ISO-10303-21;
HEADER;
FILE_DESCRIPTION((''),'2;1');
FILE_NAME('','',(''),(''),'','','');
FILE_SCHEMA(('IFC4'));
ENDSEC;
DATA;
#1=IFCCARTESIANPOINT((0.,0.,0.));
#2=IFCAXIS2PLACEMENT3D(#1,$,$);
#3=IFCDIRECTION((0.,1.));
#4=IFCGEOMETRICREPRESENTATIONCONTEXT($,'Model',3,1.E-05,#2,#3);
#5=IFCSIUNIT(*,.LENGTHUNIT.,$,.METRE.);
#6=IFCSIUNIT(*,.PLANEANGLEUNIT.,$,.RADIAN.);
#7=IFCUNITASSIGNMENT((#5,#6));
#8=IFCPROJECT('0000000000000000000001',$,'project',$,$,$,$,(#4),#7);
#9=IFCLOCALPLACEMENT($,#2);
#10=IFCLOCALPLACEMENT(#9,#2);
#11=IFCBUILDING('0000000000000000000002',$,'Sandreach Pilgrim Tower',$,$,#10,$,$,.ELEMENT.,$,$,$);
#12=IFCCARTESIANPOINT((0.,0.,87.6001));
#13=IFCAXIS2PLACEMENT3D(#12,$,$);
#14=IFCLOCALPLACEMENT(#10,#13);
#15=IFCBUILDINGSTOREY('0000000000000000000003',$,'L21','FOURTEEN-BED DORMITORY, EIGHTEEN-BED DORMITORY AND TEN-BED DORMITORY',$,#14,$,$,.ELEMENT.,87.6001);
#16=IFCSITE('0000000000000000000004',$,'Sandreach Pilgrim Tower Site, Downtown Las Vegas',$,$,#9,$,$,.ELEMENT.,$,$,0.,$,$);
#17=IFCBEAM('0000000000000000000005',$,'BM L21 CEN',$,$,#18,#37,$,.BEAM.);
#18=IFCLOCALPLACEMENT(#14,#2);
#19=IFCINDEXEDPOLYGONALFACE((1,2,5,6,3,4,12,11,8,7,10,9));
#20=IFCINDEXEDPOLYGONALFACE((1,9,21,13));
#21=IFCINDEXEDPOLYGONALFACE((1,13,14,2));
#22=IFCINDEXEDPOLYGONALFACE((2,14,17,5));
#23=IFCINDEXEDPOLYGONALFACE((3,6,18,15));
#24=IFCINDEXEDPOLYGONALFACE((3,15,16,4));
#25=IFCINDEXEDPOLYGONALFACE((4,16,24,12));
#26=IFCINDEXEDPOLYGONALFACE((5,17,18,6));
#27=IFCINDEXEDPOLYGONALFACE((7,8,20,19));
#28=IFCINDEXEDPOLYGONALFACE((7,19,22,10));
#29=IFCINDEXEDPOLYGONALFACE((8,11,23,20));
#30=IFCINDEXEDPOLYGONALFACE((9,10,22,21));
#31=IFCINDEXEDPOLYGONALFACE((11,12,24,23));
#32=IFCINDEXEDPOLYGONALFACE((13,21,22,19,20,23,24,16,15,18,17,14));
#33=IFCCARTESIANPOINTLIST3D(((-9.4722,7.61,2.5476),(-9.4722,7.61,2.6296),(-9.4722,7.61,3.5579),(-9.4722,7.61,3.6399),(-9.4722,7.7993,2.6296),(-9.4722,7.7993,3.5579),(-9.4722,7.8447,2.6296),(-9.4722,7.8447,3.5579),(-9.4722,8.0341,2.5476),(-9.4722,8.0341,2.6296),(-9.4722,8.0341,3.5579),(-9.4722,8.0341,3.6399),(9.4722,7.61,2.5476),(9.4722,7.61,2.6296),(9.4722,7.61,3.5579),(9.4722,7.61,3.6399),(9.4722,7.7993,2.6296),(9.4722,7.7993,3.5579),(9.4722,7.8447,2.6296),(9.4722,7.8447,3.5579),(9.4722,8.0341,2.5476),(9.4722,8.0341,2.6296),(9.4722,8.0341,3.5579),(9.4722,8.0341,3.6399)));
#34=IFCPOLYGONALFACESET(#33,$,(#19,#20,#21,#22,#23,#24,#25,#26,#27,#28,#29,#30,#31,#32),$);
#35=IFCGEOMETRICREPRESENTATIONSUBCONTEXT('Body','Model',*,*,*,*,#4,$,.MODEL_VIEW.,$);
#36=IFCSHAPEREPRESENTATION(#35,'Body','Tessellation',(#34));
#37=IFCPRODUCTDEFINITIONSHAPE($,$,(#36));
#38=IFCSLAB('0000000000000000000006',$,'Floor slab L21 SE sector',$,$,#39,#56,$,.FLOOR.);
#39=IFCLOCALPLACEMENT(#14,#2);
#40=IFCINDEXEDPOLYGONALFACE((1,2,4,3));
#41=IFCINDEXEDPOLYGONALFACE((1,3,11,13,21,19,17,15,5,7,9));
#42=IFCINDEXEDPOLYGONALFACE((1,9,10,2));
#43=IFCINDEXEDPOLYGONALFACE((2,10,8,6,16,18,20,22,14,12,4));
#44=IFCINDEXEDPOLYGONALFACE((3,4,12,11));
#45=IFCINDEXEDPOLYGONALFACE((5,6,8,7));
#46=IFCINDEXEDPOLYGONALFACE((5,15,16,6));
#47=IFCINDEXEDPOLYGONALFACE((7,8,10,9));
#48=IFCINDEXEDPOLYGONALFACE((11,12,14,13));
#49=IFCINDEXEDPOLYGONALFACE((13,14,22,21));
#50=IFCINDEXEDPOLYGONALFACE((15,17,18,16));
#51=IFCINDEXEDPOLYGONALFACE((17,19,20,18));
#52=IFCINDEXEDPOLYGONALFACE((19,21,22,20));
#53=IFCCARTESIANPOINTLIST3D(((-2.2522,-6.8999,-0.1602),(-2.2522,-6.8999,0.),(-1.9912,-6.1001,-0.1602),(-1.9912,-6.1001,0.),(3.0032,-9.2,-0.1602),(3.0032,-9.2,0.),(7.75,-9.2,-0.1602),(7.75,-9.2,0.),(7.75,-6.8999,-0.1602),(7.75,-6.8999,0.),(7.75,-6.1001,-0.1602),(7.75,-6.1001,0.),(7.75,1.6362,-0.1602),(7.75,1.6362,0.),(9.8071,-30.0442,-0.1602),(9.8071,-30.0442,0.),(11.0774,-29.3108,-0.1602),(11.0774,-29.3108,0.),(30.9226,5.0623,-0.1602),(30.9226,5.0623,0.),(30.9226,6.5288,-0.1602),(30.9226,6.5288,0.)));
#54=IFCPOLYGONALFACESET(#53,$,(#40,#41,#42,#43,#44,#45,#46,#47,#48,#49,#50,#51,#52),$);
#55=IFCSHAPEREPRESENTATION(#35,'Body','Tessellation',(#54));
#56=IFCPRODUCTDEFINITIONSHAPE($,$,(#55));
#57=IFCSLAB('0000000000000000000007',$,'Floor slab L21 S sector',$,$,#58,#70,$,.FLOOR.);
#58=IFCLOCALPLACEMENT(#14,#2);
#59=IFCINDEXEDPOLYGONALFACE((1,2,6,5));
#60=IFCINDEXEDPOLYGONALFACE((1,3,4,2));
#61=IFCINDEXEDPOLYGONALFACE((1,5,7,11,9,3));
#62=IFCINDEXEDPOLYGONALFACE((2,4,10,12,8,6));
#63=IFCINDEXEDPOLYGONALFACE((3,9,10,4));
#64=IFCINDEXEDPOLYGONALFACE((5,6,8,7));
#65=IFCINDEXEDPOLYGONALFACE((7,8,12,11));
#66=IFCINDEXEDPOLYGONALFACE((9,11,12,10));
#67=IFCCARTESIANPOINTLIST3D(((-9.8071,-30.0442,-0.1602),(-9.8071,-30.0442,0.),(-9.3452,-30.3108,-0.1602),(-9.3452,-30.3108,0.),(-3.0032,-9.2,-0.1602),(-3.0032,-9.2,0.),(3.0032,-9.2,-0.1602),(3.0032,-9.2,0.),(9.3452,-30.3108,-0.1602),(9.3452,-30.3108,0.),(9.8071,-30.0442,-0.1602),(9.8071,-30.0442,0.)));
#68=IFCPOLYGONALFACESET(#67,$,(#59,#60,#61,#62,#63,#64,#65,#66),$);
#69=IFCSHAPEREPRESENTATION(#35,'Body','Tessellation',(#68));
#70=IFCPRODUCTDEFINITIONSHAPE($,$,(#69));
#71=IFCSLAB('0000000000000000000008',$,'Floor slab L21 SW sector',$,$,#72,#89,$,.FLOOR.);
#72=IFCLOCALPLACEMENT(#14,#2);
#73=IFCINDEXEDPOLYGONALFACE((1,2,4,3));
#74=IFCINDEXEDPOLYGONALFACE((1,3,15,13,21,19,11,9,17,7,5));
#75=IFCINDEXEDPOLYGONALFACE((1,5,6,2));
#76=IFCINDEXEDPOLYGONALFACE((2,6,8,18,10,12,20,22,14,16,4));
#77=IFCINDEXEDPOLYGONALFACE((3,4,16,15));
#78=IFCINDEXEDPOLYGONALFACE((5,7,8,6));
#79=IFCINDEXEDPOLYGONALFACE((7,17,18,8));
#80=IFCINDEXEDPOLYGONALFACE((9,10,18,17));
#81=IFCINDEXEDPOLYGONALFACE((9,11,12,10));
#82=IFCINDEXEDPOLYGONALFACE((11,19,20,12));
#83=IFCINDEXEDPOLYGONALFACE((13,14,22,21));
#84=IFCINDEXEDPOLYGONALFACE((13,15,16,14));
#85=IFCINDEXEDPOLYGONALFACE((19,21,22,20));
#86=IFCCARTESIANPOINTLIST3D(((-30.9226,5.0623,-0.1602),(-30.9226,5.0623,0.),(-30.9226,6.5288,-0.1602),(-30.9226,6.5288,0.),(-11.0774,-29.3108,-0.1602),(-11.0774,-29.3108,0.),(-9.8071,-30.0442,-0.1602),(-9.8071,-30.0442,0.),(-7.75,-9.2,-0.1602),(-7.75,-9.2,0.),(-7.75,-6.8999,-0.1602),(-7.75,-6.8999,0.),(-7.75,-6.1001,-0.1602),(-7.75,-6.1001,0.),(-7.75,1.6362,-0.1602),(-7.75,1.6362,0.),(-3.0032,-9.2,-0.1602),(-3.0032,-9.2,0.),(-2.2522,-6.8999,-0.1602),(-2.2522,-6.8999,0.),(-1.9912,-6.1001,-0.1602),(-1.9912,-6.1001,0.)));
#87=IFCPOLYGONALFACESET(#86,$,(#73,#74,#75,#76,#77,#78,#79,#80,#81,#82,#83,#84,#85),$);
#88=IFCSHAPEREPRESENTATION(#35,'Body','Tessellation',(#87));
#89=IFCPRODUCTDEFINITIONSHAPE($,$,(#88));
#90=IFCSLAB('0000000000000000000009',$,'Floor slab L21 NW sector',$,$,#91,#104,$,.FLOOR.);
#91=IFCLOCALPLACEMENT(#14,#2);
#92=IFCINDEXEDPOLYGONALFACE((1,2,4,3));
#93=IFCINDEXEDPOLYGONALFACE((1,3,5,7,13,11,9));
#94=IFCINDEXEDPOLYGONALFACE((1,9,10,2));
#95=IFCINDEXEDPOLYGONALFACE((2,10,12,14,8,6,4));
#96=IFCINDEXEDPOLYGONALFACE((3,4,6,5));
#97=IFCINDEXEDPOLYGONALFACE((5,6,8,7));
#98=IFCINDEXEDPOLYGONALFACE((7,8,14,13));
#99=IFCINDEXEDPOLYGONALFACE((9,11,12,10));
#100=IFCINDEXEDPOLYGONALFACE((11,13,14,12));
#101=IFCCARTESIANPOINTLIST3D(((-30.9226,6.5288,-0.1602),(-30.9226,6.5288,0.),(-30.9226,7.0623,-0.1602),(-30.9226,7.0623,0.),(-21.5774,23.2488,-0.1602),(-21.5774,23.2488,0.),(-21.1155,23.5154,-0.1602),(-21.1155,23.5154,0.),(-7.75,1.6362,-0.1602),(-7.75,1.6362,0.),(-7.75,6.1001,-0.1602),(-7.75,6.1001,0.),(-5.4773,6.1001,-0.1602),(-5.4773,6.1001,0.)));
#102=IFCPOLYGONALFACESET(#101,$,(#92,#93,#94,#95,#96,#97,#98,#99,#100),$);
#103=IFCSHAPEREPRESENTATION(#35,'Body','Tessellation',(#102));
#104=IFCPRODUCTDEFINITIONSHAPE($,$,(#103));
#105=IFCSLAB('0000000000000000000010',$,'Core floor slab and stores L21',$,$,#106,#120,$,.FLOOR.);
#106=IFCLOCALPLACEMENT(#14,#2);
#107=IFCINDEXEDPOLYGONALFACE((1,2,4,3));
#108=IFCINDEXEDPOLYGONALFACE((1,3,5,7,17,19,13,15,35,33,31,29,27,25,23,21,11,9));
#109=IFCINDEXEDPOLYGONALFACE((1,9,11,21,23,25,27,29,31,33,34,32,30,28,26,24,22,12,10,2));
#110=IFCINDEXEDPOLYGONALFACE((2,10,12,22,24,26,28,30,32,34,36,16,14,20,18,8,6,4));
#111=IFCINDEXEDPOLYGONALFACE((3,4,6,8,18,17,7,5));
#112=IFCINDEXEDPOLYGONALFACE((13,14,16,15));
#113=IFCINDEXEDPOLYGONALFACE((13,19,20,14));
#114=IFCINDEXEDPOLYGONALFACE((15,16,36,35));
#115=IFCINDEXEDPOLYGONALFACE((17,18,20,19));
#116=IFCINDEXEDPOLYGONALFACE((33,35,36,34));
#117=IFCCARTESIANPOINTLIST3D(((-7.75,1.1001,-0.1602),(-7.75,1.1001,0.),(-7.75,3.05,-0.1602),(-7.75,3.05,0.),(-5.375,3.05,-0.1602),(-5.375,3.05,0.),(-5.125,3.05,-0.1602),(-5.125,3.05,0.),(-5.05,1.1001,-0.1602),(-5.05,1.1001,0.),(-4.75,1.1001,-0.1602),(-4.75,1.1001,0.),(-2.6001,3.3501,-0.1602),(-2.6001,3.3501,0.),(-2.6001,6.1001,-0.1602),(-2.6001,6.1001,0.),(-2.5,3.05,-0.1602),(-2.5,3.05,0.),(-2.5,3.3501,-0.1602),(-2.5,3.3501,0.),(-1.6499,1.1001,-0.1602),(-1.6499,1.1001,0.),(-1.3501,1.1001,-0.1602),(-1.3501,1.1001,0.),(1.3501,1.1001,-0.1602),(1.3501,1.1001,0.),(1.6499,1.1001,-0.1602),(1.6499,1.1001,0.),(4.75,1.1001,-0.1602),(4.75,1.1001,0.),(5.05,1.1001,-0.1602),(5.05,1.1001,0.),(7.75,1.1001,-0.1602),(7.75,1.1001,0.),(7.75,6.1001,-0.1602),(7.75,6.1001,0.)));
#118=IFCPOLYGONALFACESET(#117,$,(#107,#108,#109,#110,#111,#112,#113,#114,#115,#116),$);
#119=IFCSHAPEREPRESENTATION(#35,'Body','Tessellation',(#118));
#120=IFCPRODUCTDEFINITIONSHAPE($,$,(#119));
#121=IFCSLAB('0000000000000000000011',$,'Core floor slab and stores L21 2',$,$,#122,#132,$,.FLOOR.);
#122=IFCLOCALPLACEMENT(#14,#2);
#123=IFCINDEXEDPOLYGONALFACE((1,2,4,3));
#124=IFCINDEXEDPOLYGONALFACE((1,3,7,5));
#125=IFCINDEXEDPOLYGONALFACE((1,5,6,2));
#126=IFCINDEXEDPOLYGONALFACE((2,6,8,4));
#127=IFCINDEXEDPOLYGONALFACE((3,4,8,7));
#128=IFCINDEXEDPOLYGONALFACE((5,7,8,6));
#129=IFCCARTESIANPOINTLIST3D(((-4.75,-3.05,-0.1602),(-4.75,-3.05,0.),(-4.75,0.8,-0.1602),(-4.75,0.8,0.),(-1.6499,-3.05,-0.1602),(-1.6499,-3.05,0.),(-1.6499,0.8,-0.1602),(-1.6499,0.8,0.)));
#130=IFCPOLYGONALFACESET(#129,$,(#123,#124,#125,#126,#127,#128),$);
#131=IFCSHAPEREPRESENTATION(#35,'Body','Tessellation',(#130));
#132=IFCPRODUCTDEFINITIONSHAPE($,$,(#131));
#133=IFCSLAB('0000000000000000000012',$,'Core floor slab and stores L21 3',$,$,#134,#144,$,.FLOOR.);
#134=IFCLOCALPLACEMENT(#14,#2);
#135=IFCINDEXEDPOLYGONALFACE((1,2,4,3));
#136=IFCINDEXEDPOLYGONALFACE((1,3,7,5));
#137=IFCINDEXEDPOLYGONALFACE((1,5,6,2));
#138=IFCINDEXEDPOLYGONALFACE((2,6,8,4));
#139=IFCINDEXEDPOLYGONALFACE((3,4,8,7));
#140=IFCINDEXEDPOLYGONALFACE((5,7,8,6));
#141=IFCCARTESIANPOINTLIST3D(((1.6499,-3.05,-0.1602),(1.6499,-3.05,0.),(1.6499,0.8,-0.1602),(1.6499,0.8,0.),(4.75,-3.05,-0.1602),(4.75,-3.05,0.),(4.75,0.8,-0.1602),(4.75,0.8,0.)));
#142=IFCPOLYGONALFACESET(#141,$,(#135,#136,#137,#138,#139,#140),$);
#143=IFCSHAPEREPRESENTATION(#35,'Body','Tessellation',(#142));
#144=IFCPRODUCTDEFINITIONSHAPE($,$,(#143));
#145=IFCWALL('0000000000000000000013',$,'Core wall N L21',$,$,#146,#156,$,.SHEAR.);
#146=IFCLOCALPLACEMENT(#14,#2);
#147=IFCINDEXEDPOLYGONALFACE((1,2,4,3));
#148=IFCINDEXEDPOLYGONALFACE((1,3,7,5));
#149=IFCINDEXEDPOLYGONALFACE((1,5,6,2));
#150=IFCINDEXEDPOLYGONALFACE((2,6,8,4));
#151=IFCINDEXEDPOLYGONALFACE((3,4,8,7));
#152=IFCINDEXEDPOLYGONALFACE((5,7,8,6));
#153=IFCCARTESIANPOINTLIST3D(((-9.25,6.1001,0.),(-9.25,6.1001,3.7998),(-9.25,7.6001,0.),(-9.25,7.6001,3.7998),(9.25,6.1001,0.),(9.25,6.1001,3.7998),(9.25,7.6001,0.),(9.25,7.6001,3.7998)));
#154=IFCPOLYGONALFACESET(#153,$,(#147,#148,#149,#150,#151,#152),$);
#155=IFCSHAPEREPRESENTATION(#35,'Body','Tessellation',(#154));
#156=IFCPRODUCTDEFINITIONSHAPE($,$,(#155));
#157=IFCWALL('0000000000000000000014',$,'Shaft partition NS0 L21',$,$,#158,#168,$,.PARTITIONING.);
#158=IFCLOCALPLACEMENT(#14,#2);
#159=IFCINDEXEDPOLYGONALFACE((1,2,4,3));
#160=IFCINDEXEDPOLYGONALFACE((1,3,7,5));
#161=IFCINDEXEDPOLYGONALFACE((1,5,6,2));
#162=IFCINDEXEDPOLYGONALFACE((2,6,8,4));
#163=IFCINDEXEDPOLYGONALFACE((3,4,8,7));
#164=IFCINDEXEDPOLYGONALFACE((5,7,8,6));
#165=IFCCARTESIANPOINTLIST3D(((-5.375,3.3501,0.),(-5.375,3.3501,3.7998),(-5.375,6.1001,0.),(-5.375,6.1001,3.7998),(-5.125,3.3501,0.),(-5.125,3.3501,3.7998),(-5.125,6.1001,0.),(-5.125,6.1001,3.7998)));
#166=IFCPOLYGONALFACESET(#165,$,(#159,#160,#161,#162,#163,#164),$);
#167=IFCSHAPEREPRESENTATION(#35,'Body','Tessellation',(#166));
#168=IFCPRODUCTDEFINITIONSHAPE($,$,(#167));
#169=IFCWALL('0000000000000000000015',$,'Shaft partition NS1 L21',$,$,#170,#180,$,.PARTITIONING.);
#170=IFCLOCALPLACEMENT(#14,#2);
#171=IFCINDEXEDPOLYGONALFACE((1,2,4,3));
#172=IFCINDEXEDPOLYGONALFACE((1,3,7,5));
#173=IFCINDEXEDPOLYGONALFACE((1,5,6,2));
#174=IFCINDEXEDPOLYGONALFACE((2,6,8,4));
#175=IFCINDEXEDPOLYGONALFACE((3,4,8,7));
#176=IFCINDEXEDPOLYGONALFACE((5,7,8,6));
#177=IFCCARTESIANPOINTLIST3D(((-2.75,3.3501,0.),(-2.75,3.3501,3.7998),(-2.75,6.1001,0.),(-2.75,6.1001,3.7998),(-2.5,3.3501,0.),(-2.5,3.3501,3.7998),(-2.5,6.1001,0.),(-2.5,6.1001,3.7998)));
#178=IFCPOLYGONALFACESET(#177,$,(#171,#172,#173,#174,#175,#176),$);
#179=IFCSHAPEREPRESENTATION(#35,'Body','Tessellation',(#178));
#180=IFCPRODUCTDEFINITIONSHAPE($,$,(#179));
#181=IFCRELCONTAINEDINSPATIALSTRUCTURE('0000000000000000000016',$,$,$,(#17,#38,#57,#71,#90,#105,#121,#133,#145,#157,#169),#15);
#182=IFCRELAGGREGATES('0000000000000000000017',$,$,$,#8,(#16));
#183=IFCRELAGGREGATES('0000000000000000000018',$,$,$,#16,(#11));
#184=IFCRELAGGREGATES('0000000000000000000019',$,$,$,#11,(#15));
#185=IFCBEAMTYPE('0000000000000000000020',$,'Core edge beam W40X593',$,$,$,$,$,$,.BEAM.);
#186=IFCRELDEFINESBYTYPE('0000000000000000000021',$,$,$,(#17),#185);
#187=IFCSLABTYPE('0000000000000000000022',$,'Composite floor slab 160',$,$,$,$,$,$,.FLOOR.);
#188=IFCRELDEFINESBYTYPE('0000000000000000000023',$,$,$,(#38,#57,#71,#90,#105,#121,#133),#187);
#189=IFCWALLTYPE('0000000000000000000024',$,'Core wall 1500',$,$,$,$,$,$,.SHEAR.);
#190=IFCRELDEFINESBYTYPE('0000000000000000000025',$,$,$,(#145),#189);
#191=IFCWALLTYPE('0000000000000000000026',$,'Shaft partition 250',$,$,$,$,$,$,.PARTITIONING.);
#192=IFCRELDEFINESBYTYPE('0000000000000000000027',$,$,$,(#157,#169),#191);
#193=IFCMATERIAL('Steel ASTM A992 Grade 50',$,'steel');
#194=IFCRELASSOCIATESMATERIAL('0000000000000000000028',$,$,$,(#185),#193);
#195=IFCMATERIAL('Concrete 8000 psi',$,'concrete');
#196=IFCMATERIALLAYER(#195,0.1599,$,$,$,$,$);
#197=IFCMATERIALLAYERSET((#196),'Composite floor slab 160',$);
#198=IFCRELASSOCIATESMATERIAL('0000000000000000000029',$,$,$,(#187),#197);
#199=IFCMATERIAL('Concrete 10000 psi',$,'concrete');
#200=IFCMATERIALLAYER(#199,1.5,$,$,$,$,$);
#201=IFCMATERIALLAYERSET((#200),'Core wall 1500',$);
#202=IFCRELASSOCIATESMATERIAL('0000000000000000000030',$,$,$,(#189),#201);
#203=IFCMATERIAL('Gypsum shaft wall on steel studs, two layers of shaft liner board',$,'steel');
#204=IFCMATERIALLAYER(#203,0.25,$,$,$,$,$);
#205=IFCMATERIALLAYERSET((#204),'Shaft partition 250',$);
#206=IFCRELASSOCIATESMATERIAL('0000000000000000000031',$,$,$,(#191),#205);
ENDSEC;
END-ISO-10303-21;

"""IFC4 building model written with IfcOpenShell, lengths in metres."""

from ifc_helpers import new_model, si_unit, direction, frame, frame_2d, origin, origin_2d, place, context, subcontext, project, spatial, polyline, rectangle, i_section, outline, extrude, material, layer, layer_set, material_profile, profile_set, type_object, element, save


model = new_model("IFC4")

# Units and contexts
model_context = context("Model", 3, precision=1e-05, world=origin(), true_north=direction((0.0, 1.0)))
body_context = subcontext(model_context, "Body", "Model", "MODEL_VIEW")
ifc_project = project(units=[si_unit("LENGTHUNIT", "METRE"), si_unit("PLANEANGLEUNIT", "RADIAN")], contexts=[model_context])

# Site, building, storey
site_placement = place(None, origin())
site = spatial("IfcSite", under=ifc_project, at=site_placement, Name="Sandreach Pilgrim Tower Site, Downtown Las Vegas", CompositionType="ELEMENT", RefElevation=0.0)
building_placement = place(site_placement, origin())
building = spatial("IfcBuilding", under=site, at=building_placement, Name="Sandreach Pilgrim Tower", CompositionType="ELEMENT")
storey_placement = place(building_placement, frame((0.0, 0.0, 87.6001)))
storey = spatial("IfcBuildingStorey", under=building, at=storey_placement, Name="L21", Description="FOURTEEN-BED DORMITORY, EIGHTEEN-BED DORMITORY AND TEN-BED DORMITORY", CompositionType="ELEMENT", Elevation=87.6001)

# Beam
ifc_material_1 = material(Name="Steel ASTM A992 Grade 50", Category="steel")
ifc_material_profile = material_profile(ifc_material_1, i_section(OverallWidth=0.4241, OverallDepth=1.0923, WebThickness=0.0454, FlangeThickness=0.082, at=origin_2d()), Name="W40X593")
ifc_profile_set = profile_set([ifc_material_profile], Name="Steel ASTM A992 Grade 50")
beam_type = type_object("IfcBeamType", Name="Core edge beam W40X593", PredefinedType="BEAM", material=ifc_profile_set)
beam_placement = place(storey_placement, frame((-9.4722, 7.822, 3.0938), z_axis=(1.0, 0.0, 0.0), x_axis=(0.0, 1.0, 0.0)))
element("IfcBeam", 1, at=beam_placement, inside=storey, type_object=beam_type, Name="BM L21 CEN", PredefinedType="BEAM", context=body_context, shape_type="SweptSolid", body=[
    extrude(i_section(OverallWidth=0.4241, OverallDepth=1.0923, WebThickness=0.0454, FlangeThickness=0.082, at=origin_2d()), origin(), (0.0, 0.0, 1.0), 18.9443),
])

# Slabs
ifc_material_2 = material(Name="Concrete 8000 psi", Category="concrete")
ifc_layer_1 = layer(ifc_material_2, 0.1599)
ifc_layer_set_1 = layer_set([ifc_layer_1], Name="Composite floor slab 160")
slab_type = type_object("IfcSlabType", Name="Composite floor slab 160", PredefinedType="FLOOR", material=ifc_layer_set_1)
slab_1_placement = place(storey_placement, frame((0.0, 0.0, -0.1602)))
element("IfcSlab", 2, at=slab_1_placement, inside=storey, type_object=slab_type, Name="Floor slab L21 SE sector", PredefinedType="FLOOR", context=body_context, shape_type="SweptSolid", body=[
    extrude(outline(polyline([(11.0774, -29.3108), (9.8071, -30.0442), (3.0032, -9.2), (7.75, -9.2), (7.75, -6.8999), (-2.2522, -6.8999), (-1.9912, -6.1001), (7.75, -6.1001), (7.75, 1.6362), (30.9226, 6.5288), (30.9226, 5.0623), (11.0774, -29.3108)])), origin(), (0.0, 0.0, 1.0), 0.1602),
])
slab_2_placement = place(storey_placement, frame((0.0, 0.0, -0.1602)))
element("IfcSlab", 3, at=slab_2_placement, inside=storey, type_object=slab_type, Name="Floor slab L21 S sector", PredefinedType="FLOOR", context=body_context, shape_type="SweptSolid", body=[
    extrude(outline(polyline([(9.3452, -30.3108), (-9.3452, -30.3108), (-9.8071, -30.0442), (-3.0032, -9.2), (3.0032, -9.2), (9.8071, -30.0442), (9.3452, -30.3108)])), origin(), (0.0, 0.0, 1.0), 0.1602),
])
slab_3_placement = place(storey_placement, frame((0.0, 0.0, -0.1602)))
element("IfcSlab", 4, at=slab_3_placement, inside=storey, type_object=slab_type, Name="Floor slab L21 SW sector", PredefinedType="FLOOR", context=body_context, shape_type="SweptSolid", body=[
    extrude(outline(polyline([(-11.0774, -29.3108), (-30.9226, 5.0623), (-30.9226, 6.5288), (-7.75, 1.6362), (-7.75, -6.1001), (-1.9912, -6.1001), (-2.2522, -6.8999), (-7.75, -6.8999), (-7.75, -9.2), (-3.0032, -9.2), (-9.8071, -30.0442), (-11.0774, -29.3108)])), origin(), (0.0, 0.0, 1.0), 0.1602),
])
slab_4_placement = place(storey_placement, frame((0.0, 0.0, -0.1602)))
element("IfcSlab", 5, at=slab_4_placement, inside=storey, type_object=slab_type, Name="Floor slab L21 NW sector", PredefinedType="FLOOR", context=body_context, shape_type="SweptSolid", body=[
    extrude(outline(polyline([(-30.9226, 7.0623), (-21.5774, 23.2488), (-21.1155, 23.5154), (-5.4773, 6.1001), (-7.75, 6.1001), (-7.75, 1.6362), (-30.9226, 6.5288), (-30.9226, 7.0623)])), origin(), (0.0, 0.0, 1.0), 0.1602),
])
slab_5_placement = place(storey_placement, frame((0.0, 0.0, -0.1602)))
element("IfcSlab", 6, at=slab_5_placement, inside=storey, type_object=slab_type, Name="Core floor slab and stores L21", PredefinedType="FLOOR", context=body_context, shape_type="SweptSolid", body=[
    extrude(outline(polyline([(-7.75, 3.05), (-5.375, 3.05), (-5.125, 3.05), (-2.5, 3.05), (-2.5, 3.3501), (-2.6001, 3.3501), (-2.6001, 6.1001), (7.75, 6.1001), (7.75, 1.1001), (5.05, 1.1001), (4.75, 1.1001), (1.6499, 1.1001), (1.3501, 1.1001), (-1.3501, 1.1001), (-1.6499, 1.1001), (-4.75, 1.1001), (-5.05, 1.1001), (-7.75, 1.1001), (-7.75, 3.05)])), origin(), (0.0, 0.0, 1.0), 0.1602),
])
slab_6_placement = place(storey_placement, frame((0.0, 0.0, -0.1602)))
element("IfcSlab", 7, at=slab_6_placement, inside=storey, type_object=slab_type, Name="Core floor slab and stores L21 2", PredefinedType="FLOOR", context=body_context, shape_type="SweptSolid", body=[
    extrude(outline(polyline([(-1.6499, -3.05), (-4.75, -3.05), (-4.75, 0.8), (-1.6499, 0.8), (-1.6499, -3.05)])), origin(), (0.0, 0.0, 1.0), 0.1602),
])
slab_7_placement = place(storey_placement, frame((0.0, 0.0, -0.1602)))
element("IfcSlab", 8, at=slab_7_placement, inside=storey, type_object=slab_type, Name="Core floor slab and stores L21 3", PredefinedType="FLOOR", context=body_context, shape_type="SweptSolid", body=[
    extrude(outline(polyline([(4.75, -3.05), (1.6499, -3.05), (1.6499, 0.8), (4.75, 0.8), (4.75, -3.05)])), origin(), (0.0, 0.0, 1.0), 0.1602),
])

# Wall
ifc_material_3 = material(Name="Concrete 10000 psi", Category="concrete")
ifc_layer_2 = layer(ifc_material_3, 1.5)
ifc_layer_set_2 = layer_set([ifc_layer_2], Name="Core wall 1500")
wall_type_1 = type_object("IfcWallType", Name="Core wall 1500", PredefinedType="SHEAR", material=ifc_layer_set_2)
wall_1_placement = place(storey_placement, frame((-9.25, 6.8501, 0.0), z_axis=(0.0, 0.0, 1.0), x_axis=(1.0, 0.0, 0.0)))
element("IfcWall", 9, at=wall_1_placement, inside=storey, type_object=wall_type_1, Name="Core wall N L21", PredefinedType="SHEAR", context=body_context, shape_type="SweptSolid", body=[
    extrude(rectangle(XDim=18.5, YDim=1.5, at=frame_2d((9.25, 0.0))), origin(), (0.0, 0.0, 1.0), 3.7998),
])

# Walls
ifc_material_4 = material(Name="Gypsum shaft wall on steel studs, two layers of shaft liner board", Category="steel")
ifc_layer_3 = layer(ifc_material_4, 0.25)
ifc_layer_set_3 = layer_set([ifc_layer_3], Name="Shaft partition 250")
wall_type_2 = type_object("IfcWallType", Name="Shaft partition 250", PredefinedType="PARTITIONING", material=ifc_layer_set_3)
for number, where, z_axis, x_axis, name in (
    (10, (-5.25, 3.3501, 0.0), (0.0, 0.0, 1.0), (0.0, 1.0, 0.0), "Shaft partition NS0 L21"),
    (11, (-2.625, 3.3501, 0.0), (0.0, 0.0, 1.0), (0.0, 1.0, 0.0), "Shaft partition NS1 L21"),
):
    element("IfcWall", number, at=place(storey_placement, frame(where, z_axis=z_axis, x_axis=x_axis)), inside=storey, type_object=wall_type_2, Name=name, PredefinedType="PARTITIONING", context=body_context, shape_type="SweptSolid", body=[
        extrude(rectangle(XDim=2.75, YDim=0.25, at=frame_2d((1.375, 0.0))), origin(), (0.0, 0.0, 1.0), 3.7998),
    ])

save(model, "model.ifc")
